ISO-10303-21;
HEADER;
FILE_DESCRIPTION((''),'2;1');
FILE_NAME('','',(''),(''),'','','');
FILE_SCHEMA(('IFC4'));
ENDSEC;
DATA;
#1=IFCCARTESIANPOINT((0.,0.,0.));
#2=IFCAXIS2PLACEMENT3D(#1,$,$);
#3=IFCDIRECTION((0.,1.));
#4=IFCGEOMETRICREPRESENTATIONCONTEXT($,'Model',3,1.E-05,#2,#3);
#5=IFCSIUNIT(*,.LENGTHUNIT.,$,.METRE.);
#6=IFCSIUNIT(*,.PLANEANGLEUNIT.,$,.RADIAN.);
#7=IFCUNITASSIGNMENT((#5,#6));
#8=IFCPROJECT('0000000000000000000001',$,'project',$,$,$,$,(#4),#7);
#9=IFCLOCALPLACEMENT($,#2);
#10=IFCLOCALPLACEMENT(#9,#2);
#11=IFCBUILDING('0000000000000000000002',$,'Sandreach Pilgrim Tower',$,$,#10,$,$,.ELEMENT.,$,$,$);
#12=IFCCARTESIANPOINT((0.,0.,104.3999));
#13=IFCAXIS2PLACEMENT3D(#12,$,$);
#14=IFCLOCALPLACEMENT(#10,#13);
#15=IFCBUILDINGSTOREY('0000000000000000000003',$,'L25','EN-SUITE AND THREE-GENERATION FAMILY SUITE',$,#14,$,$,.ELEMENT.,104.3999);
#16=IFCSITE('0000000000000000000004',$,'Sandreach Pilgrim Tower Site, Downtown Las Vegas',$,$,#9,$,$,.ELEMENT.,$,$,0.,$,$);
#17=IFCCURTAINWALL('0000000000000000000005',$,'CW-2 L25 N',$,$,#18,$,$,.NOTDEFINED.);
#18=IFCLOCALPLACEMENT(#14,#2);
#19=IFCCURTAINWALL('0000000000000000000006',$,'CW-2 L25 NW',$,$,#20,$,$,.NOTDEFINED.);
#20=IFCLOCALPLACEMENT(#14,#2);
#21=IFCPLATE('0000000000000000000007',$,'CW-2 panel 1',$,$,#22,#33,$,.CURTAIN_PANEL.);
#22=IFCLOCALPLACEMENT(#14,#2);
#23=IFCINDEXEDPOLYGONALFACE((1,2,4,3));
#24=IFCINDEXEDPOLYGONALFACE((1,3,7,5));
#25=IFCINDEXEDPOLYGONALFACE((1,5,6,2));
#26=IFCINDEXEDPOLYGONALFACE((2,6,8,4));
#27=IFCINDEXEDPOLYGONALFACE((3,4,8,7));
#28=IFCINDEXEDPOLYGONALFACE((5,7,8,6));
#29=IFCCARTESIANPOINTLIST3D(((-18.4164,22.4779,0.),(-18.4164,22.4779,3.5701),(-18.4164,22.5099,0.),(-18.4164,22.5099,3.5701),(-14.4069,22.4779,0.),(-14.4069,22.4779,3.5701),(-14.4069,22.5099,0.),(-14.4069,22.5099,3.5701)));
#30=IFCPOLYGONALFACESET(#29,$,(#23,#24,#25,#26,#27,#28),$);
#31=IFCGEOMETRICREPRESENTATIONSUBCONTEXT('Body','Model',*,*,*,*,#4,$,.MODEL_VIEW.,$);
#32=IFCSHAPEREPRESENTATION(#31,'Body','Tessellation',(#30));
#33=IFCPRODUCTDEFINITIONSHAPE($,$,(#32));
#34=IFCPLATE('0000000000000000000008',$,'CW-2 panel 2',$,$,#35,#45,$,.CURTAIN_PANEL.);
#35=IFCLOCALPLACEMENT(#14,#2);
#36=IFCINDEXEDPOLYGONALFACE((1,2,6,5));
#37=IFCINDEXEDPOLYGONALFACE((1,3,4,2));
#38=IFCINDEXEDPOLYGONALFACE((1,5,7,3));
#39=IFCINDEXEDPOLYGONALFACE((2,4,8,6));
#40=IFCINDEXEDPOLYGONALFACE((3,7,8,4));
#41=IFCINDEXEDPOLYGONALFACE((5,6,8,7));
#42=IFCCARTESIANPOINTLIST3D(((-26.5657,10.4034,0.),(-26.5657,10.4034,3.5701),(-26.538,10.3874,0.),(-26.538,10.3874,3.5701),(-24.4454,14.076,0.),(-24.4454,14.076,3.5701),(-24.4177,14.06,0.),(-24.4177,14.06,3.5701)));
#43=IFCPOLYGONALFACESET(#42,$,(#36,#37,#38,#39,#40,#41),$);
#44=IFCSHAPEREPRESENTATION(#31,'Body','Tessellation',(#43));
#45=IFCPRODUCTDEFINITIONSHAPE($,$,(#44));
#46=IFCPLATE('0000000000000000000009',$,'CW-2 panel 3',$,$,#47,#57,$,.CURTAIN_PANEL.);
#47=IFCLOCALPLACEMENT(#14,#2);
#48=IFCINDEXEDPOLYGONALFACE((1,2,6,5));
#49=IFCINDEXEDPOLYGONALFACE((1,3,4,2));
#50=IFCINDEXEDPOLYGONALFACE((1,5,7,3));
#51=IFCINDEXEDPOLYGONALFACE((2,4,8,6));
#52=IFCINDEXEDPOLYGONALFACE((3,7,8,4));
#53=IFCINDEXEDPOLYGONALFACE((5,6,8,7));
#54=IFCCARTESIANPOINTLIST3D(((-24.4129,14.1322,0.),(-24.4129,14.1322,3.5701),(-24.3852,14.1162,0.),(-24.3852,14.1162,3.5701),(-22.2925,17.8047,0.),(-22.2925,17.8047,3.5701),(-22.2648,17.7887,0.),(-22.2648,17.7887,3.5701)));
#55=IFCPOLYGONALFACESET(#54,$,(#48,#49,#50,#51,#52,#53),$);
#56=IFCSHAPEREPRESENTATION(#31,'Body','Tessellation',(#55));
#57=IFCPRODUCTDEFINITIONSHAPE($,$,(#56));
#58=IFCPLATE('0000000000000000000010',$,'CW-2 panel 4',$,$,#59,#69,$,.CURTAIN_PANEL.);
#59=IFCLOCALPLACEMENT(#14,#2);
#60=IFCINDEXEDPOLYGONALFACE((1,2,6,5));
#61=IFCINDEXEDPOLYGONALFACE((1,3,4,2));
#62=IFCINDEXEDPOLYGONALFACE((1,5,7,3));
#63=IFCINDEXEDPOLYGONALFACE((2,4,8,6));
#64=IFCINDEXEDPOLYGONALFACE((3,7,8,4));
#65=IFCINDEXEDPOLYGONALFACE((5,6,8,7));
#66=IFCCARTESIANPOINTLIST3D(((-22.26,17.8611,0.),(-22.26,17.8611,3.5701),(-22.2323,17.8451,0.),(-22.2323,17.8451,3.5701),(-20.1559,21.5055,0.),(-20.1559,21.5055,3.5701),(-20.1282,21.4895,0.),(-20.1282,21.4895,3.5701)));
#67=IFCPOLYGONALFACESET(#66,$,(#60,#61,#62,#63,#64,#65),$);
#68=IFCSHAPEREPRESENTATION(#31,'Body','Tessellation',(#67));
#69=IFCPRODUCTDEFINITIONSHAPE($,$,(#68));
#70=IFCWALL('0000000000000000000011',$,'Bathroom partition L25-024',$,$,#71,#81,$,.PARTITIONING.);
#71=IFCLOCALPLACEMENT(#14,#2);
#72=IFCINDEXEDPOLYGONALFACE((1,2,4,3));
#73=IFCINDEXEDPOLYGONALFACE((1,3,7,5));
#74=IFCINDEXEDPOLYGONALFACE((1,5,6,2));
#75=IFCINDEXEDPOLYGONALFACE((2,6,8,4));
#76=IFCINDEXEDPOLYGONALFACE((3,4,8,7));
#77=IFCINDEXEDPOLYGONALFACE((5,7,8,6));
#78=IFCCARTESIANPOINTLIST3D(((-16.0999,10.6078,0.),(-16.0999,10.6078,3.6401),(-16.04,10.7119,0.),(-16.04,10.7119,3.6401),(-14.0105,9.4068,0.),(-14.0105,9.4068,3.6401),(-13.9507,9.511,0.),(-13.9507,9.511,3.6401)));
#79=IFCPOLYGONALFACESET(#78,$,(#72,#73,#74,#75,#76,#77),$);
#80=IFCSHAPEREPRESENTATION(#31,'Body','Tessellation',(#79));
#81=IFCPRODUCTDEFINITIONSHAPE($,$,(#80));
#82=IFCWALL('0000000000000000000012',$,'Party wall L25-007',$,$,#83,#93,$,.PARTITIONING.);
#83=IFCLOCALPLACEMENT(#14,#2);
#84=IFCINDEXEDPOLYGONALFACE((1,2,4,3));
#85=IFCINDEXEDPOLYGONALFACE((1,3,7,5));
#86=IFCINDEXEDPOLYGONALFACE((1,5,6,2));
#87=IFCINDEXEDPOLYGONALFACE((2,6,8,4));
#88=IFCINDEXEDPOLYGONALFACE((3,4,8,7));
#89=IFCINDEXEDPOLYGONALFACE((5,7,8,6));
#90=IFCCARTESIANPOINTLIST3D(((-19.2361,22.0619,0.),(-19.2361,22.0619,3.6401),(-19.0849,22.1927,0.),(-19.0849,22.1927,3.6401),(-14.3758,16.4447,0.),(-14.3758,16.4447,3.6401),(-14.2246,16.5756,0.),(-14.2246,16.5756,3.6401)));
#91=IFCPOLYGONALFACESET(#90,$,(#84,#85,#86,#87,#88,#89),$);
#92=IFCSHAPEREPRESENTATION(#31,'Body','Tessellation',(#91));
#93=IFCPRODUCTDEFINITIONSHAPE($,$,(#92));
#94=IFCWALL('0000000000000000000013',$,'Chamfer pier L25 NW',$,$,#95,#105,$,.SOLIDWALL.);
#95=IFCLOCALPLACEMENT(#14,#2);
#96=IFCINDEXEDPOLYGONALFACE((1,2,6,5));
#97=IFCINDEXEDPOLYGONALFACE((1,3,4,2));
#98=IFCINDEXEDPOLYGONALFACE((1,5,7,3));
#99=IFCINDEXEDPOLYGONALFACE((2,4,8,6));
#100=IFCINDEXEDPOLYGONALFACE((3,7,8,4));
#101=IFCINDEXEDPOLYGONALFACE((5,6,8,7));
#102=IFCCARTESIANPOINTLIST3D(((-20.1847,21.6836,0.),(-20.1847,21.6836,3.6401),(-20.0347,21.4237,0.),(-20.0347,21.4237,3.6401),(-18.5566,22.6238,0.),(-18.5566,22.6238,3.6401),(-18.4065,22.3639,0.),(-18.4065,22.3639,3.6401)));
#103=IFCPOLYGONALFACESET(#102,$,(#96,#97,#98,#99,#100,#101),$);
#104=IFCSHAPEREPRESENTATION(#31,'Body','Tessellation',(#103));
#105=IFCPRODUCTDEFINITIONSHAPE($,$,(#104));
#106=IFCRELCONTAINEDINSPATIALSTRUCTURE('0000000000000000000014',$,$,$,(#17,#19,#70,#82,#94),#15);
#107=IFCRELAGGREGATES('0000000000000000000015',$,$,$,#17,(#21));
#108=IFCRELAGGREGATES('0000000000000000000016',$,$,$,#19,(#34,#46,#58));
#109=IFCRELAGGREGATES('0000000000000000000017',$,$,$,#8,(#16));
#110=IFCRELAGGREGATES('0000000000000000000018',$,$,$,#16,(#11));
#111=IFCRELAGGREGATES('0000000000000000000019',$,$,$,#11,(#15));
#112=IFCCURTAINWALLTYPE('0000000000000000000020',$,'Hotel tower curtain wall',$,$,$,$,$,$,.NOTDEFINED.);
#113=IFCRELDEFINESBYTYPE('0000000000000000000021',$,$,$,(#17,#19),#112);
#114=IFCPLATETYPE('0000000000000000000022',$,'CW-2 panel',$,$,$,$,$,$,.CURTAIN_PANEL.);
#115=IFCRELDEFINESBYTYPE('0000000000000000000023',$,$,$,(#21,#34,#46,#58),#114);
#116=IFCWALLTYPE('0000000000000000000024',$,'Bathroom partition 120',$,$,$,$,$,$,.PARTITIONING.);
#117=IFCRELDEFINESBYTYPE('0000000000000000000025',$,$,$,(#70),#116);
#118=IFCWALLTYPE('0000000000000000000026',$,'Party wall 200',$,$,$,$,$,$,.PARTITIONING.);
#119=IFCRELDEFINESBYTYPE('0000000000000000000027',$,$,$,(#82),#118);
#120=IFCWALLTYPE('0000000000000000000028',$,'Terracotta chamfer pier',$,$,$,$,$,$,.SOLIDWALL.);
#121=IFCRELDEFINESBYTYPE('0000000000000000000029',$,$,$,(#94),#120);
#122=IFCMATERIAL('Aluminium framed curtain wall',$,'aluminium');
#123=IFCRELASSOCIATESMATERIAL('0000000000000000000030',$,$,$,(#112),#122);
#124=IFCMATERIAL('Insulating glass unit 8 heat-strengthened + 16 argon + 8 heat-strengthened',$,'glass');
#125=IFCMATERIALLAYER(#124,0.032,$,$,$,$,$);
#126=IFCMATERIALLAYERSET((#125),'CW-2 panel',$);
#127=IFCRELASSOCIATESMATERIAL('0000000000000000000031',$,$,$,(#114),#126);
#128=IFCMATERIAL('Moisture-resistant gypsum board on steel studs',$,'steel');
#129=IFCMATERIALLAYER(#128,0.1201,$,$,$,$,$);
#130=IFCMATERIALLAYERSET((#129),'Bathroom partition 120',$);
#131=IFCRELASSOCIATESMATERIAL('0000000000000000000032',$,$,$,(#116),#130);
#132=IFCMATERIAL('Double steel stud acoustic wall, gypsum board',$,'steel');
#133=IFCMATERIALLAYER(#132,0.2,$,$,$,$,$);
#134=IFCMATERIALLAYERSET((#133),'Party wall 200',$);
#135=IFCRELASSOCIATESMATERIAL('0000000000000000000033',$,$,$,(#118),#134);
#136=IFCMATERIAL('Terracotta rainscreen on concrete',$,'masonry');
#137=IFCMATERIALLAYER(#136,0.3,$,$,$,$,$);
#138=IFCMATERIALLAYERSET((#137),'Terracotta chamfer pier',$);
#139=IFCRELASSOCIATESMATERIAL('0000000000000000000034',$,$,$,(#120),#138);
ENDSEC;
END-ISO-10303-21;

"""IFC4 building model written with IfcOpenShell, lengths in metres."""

from ifc_helpers import new_model, si_unit, direction, frame, frame_2d, origin, origin_2d, place, context, subcontext, project, spatial, rectangle, extrude, material, layer, layer_set, type_object, element, aggregate, save


model = new_model("IFC4")

# Units and contexts
model_context = context("Model", 3, precision=1e-05, world=origin(), true_north=direction((0.0, 1.0)))
body_context = subcontext(model_context, "Body", "Model", "MODEL_VIEW")
ifc_project = project(units=[si_unit("LENGTHUNIT", "METRE"), si_unit("PLANEANGLEUNIT", "RADIAN")], contexts=[model_context])

# Site, building, storey
site_placement = place(None, origin())
site = spatial("IfcSite", under=ifc_project, at=site_placement, Name="Sandreach Pilgrim Tower Site, Downtown Las Vegas", CompositionType="ELEMENT", RefElevation=0.0)
building_placement = place(site_placement, origin())
building = spatial("IfcBuilding", under=site, at=building_placement, Name="Sandreach Pilgrim Tower", CompositionType="ELEMENT")
storey_placement = place(building_placement, frame((0.0, 0.0, 104.3999)))
storey = spatial("IfcBuildingStorey", under=building, at=storey_placement, Name="L25", Description="EN-SUITE AND THREE-GENERATION FAMILY SUITE", CompositionType="ELEMENT", Elevation=104.3999)

# Curtain wall
ifc_material_1 = material(Name="Aluminium framed curtain wall", Category="aluminium")
curtain_wall_type = type_object("IfcCurtainWallType", Name="Hotel tower curtain wall", PredefinedType="NOTDEFINED", material=ifc_material_1)
curtain_wall_1_placement = place(storey_placement, origin())
curtain_wall_1 = element("IfcCurtainWall", 1, at=curtain_wall_1_placement, inside=storey, type_object=curtain_wall_type, Name="CW-2 L25 N", PredefinedType="NOTDEFINED")

# Curtain wall
curtain_wall_2_placement = place(storey_placement, origin())
curtain_wall_2 = element("IfcCurtainWall", 2, at=curtain_wall_2_placement, inside=storey, type_object=curtain_wall_type, Name="CW-2 L25 NW", PredefinedType="NOTDEFINED")

# Plates
ifc_material_2 = material(Name="Insulating glass unit 8 heat-strengthened + 16 argon + 8 heat-strengthened", Category="glass")
ifc_layer_1 = layer(ifc_material_2, 0.032)
ifc_layer_set_1 = layer_set([ifc_layer_1], Name="CW-2 panel")
plate_type = type_object("IfcPlateType", Name="CW-2 panel", PredefinedType="CURTAIN_PANEL", material=ifc_layer_set_1)
plate_1_placement = place(storey_placement, frame((-16.4116, 22.4939, 0.0), z_axis=(0.0, 0.0, 1.0), x_axis=(1.0, 0.0, 0.0)))
plate_1 = element("IfcPlate", 3, at=plate_1_placement, type_object=plate_type, Name="CW-2 panel 1", PredefinedType="CURTAIN_PANEL", context=body_context, shape_type="SweptSolid", body=[
    extrude(rectangle(XDim=4.0095, YDim=0.032, at=origin_2d()), origin(), (0.0, 0.0, 1.0), 3.5701),
])
aggregate(curtain_wall_1, [plate_1])
plate_2_placement = place(storey_placement, frame((-25.4917, 12.2317, 0.0), z_axis=(0.0, 0.0, 1.0), x_axis=(0.5, 0.866025, 0.0)))
plate_2 = element("IfcPlate", 4, at=plate_2_placement, type_object=plate_type, Name="CW-2 panel 2", PredefinedType="CURTAIN_PANEL", context=body_context, shape_type="SweptSolid", body=[
    extrude(rectangle(XDim=4.2407, YDim=0.032, at=origin_2d()), origin(), (0.0, 0.0, 1.0), 3.5701),
])
plate_3_placement = place(storey_placement, frame((-23.3389, 15.9604, 0.0), z_axis=(0.0, 0.0, 1.0), x_axis=(0.5, 0.866025, 0.0)))
plate_3 = element("IfcPlate", 5, at=plate_3_placement, type_object=plate_type, Name="CW-2 panel 3", PredefinedType="CURTAIN_PANEL", context=body_context, shape_type="SweptSolid", body=[
    extrude(rectangle(XDim=4.2407, YDim=0.032, at=origin_2d()), origin(), (0.0, 0.0, 1.0), 3.5701),
])
plate_4_placement = place(storey_placement, frame((-21.1941, 19.6753, 0.0), z_axis=(0.0, 0.0, 1.0), x_axis=(0.5, 0.866025, 0.0)))
plate_4 = element("IfcPlate", 6, at=plate_4_placement, type_object=plate_type, Name="CW-2 panel 4", PredefinedType="CURTAIN_PANEL", context=body_context, shape_type="SweptSolid", body=[
    extrude(rectangle(XDim=4.2083, YDim=0.032, at=origin_2d()), origin(), (0.0, 0.0, 1.0), 3.5701),
])
aggregate(curtain_wall_2, [plate_2, plate_3, plate_4])

# Wall
ifc_material_3 = material(Name="Moisture-resistant gypsum board on steel studs", Category="steel")
ifc_layer_2 = layer(ifc_material_3, 0.1201)
ifc_layer_set_2 = layer_set([ifc_layer_2], Name="Bathroom partition 120")
wall_type_1 = type_object("IfcWallType", Name="Bathroom partition 120", PredefinedType="PARTITIONING", material=ifc_layer_set_2)
wall_1_placement = place(storey_placement, frame((-16.0701, 10.6599, 0.0), z_axis=(0.0, 0.0, 1.0), x_axis=(0.866987, -0.49833, 0.0)))
element("IfcWall", 7, at=wall_1_placement, inside=storey, type_object=wall_type_1, Name="Bathroom partition L25-024", PredefinedType="PARTITIONING", context=body_context, shape_type="SweptSolid", body=[
    extrude(rectangle(XDim=2.4099, YDim=0.1201, at=frame_2d((1.2051, 0.0))), origin(), (0.0, 0.0, 1.0), 3.6401),
])

# Walls
ifc_material_4 = material(Name="Double steel stud acoustic wall, gypsum board", Category="steel")
ifc_layer_3 = layer(ifc_material_4, 0.2)
ifc_layer_set_3 = layer_set([ifc_layer_3], Name="Party wall 200")
wall_type_2 = type_object("IfcWallType", Name="Party wall 200", PredefinedType="PARTITIONING", material=ifc_layer_set_3)
wall_2_placement = place(storey_placement, frame((-19.1604, 22.1272, 0.0), z_axis=(0.0, 0.0, 1.0), x_axis=(0.654325, -0.756214, 0.0)))
element("IfcWall", 8, at=wall_2_placement, inside=storey, type_object=wall_type_2, Name="Party wall L25-007", PredefinedType="PARTITIONING", context=body_context, shape_type="SweptSolid", body=[
    extrude(rectangle(XDim=7.428, YDim=0.2, at=frame_2d((3.7139, 0.0))), origin(), (0.0, 0.0, 1.0), 3.6401),
])
ifc_material_5 = material(Name="Terracotta rainscreen on concrete", Category="masonry")
ifc_layer_4 = layer(ifc_material_5, 0.3)
ifc_layer_set_4 = layer_set([ifc_layer_4], Name="Terracotta chamfer pier")
wall_type_3 = type_object("IfcWallType", Name="Terracotta chamfer pier", PredefinedType="SOLIDWALL", material=ifc_layer_set_4)
wall_3_placement = place(storey_placement, frame((-20.1096, 21.5537, 0.0), z_axis=(0.0, 0.0, 1.0), x_axis=(0.865989, 0.500063, 0.0)))
element("IfcWall", 9, at=wall_3_placement, inside=storey, type_object=wall_type_3, Name="Chamfer pier L25 NW", PredefinedType="SOLIDWALL", context=body_context, shape_type="SweptSolid", body=[
    extrude(rectangle(XDim=1.8801, YDim=0.3, at=frame_2d((0.9399, 0.0))), origin(), (0.0, 0.0, 1.0), 3.6401),
])

save(model, "model.ifc")
